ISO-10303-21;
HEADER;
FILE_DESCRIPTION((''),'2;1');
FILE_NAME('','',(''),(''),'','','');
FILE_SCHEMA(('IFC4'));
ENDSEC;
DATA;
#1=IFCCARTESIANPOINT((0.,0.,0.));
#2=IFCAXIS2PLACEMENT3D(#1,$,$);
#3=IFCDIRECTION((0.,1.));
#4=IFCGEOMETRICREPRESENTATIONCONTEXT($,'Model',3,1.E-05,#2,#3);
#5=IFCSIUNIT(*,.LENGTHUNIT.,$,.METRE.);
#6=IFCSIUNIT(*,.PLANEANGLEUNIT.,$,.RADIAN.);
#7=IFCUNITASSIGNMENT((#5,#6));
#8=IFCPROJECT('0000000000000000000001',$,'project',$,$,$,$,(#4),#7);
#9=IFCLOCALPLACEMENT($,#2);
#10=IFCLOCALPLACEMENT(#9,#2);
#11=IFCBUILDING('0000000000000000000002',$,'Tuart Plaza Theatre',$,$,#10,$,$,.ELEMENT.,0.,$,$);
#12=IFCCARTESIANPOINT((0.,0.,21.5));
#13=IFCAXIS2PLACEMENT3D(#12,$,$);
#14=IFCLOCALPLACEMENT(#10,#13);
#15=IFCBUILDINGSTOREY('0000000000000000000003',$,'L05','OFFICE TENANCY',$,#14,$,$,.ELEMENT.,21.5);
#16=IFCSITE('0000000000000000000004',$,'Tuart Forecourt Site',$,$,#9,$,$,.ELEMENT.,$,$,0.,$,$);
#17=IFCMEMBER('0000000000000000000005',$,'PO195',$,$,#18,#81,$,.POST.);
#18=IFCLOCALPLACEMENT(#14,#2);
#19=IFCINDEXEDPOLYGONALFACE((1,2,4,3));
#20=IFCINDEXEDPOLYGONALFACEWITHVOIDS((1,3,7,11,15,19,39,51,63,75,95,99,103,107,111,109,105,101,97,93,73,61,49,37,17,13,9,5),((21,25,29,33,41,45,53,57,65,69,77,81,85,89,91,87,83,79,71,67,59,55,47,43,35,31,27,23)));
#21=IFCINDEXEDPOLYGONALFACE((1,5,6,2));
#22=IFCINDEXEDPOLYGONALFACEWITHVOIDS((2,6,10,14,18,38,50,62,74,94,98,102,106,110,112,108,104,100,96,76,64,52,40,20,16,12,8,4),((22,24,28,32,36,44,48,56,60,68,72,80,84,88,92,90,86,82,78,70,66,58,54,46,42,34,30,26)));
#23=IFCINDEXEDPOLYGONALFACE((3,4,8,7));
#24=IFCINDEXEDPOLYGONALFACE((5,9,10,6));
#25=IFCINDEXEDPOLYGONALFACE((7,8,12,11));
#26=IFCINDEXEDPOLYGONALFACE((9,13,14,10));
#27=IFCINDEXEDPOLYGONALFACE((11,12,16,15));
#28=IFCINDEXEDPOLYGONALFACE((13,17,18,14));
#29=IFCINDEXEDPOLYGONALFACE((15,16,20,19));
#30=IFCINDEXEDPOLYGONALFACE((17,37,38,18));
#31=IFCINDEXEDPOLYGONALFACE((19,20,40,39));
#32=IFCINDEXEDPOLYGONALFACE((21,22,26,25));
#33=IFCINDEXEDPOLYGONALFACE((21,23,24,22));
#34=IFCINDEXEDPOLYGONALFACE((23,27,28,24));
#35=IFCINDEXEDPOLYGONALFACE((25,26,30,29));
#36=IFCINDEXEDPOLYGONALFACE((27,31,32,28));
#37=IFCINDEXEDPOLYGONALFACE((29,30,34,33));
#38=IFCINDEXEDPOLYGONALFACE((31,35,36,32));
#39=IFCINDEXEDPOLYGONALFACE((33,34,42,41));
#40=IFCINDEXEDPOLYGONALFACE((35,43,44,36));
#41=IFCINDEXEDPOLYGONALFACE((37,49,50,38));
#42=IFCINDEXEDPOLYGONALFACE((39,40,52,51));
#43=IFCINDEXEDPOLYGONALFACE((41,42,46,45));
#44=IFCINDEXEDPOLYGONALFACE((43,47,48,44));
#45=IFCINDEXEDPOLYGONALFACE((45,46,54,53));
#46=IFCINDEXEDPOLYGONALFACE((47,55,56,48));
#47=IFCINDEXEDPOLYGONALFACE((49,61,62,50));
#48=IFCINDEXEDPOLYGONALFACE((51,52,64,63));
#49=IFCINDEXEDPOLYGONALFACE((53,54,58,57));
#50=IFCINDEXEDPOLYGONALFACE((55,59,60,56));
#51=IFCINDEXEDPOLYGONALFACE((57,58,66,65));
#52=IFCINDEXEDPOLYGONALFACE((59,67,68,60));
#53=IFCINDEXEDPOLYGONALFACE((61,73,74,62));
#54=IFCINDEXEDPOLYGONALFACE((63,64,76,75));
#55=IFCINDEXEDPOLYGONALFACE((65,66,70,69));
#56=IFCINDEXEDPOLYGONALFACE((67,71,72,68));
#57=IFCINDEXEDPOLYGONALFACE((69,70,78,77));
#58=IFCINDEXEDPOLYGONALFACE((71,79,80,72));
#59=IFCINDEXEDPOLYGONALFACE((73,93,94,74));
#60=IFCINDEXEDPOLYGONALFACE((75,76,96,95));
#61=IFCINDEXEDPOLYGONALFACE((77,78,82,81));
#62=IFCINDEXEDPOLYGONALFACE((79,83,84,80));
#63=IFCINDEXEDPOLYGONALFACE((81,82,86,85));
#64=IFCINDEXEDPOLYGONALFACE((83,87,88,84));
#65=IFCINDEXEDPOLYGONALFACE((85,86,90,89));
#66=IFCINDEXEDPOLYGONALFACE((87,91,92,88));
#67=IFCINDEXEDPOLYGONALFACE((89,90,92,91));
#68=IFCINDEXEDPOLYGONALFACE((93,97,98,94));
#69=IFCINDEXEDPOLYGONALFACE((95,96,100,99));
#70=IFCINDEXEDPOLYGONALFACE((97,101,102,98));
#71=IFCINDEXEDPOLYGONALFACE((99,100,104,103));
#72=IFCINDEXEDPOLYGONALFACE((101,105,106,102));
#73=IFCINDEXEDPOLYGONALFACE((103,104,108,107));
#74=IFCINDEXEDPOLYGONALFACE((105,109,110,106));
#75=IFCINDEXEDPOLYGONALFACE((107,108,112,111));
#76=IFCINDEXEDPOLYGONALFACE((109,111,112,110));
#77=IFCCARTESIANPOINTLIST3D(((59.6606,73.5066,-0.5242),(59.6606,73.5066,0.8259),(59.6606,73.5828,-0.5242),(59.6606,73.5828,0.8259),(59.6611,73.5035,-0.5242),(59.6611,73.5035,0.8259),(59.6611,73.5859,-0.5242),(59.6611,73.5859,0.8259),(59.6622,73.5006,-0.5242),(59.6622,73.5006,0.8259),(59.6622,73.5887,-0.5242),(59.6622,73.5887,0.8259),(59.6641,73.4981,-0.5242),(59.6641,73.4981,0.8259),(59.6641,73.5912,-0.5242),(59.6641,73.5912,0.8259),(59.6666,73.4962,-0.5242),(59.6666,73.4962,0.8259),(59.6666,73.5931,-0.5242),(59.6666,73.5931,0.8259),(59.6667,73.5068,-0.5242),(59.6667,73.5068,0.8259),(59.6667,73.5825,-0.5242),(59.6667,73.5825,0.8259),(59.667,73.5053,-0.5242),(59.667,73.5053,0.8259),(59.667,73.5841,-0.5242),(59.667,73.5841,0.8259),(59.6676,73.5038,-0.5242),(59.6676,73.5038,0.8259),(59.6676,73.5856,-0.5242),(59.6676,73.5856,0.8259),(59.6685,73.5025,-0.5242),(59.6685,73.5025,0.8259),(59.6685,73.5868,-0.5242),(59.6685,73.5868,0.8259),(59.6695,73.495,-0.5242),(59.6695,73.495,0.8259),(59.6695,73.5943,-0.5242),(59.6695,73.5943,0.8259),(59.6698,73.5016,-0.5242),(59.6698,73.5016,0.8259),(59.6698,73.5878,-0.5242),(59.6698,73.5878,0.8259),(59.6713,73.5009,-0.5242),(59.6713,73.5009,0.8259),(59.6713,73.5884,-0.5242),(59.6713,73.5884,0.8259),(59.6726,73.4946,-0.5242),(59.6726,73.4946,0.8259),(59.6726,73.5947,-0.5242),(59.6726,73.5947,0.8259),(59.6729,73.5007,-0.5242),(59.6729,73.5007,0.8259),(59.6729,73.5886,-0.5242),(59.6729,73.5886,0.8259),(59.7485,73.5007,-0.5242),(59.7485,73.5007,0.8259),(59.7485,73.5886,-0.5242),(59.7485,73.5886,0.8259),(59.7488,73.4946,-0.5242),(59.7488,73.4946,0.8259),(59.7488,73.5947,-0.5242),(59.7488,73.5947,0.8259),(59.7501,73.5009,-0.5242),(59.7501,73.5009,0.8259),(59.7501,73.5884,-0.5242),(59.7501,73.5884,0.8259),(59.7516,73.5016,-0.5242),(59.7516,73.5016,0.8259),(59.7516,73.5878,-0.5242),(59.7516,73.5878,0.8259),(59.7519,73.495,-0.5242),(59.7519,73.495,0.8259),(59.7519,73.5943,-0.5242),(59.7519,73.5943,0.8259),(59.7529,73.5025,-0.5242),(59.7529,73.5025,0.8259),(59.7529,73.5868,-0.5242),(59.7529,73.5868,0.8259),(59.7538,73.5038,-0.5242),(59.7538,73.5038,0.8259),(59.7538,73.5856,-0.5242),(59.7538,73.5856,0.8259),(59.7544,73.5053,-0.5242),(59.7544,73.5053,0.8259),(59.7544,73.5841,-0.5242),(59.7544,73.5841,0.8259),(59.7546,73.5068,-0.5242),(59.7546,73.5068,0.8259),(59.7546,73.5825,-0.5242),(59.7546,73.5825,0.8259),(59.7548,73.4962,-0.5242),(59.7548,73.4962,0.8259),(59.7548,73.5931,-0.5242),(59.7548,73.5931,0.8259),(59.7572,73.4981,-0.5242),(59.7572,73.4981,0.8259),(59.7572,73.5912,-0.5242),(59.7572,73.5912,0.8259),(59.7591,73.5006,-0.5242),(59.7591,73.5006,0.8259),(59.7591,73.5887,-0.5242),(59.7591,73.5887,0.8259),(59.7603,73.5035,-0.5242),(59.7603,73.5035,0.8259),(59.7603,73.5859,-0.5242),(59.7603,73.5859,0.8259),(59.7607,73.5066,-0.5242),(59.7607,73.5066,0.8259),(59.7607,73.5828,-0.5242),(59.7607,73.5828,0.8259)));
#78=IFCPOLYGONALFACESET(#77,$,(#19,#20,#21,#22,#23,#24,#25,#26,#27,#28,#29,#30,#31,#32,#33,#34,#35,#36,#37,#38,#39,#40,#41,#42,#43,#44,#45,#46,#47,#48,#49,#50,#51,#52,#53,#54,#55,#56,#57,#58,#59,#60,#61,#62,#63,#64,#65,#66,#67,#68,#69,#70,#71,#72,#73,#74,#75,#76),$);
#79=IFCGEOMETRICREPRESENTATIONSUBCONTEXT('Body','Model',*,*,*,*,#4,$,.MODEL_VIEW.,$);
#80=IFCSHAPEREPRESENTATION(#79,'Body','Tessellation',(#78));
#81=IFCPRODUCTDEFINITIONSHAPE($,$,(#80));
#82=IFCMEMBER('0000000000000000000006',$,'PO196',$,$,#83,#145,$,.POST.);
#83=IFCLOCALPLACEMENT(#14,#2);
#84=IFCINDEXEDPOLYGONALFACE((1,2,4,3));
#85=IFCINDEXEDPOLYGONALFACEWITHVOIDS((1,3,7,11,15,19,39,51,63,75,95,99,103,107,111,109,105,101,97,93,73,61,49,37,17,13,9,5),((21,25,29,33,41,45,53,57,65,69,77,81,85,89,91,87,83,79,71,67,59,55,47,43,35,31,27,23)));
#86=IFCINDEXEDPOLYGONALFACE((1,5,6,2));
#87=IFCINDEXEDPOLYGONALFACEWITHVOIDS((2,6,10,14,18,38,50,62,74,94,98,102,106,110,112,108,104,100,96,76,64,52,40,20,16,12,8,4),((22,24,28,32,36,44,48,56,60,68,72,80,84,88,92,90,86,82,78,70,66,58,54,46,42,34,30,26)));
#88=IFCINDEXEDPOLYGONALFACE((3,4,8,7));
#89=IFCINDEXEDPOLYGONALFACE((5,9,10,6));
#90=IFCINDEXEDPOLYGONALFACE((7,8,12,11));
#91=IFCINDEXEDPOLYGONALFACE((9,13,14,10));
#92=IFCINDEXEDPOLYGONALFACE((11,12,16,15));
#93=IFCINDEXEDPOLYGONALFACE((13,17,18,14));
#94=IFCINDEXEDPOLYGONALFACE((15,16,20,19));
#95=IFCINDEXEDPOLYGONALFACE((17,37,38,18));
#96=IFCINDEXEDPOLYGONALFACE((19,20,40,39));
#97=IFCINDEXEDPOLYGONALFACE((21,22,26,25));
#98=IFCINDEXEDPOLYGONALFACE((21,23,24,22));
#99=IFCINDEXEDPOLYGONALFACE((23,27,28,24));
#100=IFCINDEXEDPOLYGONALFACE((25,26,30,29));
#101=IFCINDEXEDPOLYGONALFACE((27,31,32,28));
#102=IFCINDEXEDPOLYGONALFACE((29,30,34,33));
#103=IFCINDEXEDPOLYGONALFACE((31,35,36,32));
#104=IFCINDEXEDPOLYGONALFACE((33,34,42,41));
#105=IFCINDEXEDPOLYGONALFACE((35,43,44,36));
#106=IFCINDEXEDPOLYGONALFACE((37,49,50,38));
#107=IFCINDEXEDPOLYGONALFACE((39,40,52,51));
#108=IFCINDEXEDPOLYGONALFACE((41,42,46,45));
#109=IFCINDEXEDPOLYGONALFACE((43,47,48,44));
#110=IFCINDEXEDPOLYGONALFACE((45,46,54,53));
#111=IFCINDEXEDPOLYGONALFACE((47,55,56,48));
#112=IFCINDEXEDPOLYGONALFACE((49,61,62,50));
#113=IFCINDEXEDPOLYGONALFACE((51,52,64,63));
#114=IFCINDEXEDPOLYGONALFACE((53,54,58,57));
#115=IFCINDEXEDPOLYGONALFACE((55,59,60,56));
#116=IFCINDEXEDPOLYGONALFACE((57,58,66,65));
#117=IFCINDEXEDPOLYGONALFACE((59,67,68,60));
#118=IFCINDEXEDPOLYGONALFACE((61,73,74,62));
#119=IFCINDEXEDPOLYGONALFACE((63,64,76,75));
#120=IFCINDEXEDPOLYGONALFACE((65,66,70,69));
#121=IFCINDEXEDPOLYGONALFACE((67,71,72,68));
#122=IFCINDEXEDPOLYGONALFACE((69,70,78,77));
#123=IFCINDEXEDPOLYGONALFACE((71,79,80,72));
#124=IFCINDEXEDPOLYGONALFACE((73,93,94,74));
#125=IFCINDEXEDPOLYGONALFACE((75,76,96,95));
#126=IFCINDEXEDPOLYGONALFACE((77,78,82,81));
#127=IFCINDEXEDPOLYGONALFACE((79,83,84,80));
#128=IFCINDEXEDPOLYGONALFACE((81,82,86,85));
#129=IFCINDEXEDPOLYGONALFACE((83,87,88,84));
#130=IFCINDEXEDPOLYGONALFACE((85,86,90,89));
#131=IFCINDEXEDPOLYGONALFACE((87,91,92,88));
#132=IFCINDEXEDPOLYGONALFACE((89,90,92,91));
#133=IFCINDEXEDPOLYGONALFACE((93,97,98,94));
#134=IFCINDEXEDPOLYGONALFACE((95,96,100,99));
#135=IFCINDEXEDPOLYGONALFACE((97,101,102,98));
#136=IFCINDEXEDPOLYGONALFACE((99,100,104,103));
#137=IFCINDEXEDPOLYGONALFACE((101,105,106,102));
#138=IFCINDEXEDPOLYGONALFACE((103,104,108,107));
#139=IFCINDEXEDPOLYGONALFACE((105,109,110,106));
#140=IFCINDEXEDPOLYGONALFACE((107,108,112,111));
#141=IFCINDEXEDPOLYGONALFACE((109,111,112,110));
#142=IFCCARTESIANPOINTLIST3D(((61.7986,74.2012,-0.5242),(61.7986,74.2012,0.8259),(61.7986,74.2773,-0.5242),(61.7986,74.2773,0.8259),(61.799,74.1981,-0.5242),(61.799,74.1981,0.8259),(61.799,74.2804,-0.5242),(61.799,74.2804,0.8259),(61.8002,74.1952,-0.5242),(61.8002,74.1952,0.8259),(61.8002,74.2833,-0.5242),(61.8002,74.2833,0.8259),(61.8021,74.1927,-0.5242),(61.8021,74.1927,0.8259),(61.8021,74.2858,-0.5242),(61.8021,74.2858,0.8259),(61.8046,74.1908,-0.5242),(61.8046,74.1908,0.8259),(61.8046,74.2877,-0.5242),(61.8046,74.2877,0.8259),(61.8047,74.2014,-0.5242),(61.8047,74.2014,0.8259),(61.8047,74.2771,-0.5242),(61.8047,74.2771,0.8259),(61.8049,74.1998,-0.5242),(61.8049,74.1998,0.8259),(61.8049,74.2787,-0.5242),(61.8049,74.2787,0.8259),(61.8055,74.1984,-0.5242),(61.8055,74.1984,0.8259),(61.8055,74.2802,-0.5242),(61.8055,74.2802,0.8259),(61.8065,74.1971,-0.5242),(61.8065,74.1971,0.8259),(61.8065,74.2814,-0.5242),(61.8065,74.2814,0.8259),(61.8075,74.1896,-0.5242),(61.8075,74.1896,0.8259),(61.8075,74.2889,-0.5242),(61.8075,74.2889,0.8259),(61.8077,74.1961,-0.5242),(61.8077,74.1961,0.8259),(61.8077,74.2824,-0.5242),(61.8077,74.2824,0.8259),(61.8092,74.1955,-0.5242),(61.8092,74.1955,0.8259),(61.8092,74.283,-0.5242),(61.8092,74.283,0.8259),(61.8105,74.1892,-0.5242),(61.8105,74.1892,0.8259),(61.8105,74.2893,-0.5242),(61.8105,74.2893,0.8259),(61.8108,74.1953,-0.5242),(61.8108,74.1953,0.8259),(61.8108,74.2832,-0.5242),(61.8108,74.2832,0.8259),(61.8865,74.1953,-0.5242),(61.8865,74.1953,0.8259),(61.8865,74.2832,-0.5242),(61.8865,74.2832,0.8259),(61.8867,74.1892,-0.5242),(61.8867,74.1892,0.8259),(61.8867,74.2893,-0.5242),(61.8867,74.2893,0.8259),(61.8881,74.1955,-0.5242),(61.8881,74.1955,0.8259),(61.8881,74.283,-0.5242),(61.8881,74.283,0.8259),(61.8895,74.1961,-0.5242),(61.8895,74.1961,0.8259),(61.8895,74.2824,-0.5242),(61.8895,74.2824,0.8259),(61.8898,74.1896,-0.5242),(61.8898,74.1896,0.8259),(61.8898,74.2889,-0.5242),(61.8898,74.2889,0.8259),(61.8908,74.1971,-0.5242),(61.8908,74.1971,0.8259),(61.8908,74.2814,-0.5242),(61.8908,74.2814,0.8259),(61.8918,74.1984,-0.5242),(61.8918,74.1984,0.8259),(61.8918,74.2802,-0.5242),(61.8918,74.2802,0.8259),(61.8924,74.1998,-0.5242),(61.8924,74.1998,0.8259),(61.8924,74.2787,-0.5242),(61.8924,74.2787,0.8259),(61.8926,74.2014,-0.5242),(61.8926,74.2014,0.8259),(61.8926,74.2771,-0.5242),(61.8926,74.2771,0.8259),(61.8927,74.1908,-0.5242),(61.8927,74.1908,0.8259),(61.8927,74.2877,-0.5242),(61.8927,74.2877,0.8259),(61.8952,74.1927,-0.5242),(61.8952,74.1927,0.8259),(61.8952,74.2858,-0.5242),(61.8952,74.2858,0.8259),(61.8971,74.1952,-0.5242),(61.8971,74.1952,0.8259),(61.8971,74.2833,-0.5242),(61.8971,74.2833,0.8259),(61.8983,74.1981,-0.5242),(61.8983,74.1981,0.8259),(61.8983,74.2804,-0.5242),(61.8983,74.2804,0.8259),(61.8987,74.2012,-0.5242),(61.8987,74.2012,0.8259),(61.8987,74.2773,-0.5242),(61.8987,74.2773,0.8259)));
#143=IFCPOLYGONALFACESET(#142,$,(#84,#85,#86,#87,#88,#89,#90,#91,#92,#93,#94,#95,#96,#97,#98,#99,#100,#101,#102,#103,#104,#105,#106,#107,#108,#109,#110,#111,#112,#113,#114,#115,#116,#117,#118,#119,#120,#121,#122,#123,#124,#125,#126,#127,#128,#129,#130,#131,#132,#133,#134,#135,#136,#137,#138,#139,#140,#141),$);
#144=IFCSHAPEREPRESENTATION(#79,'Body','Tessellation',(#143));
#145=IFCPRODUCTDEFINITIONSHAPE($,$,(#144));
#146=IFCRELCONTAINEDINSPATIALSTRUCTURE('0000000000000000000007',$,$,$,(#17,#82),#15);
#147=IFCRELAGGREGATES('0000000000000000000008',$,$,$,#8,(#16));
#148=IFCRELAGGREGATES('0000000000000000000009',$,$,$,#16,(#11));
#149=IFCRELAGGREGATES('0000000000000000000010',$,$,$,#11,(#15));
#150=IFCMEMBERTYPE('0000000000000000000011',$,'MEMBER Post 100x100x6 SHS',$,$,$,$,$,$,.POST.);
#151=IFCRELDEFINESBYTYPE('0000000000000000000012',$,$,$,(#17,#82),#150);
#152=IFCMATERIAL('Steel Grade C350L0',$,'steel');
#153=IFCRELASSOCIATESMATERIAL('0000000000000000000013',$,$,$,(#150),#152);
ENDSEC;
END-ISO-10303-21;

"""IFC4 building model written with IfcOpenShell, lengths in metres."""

from ifc_helpers import new_model, si_unit, direction, frame, origin, origin_2d, place, context, subcontext, project, spatial, hollow_rectangle, extrude, material, material_profile, profile_set, type_object, element, save


model = new_model("IFC4")

# Units and contexts
model_context = context("Model", 3, precision=1e-05, world=origin(), true_north=direction((0.0, 1.0)))
body_context = subcontext(model_context, "Body", "Model", "MODEL_VIEW")
ifc_project = project(units=[si_unit("LENGTHUNIT", "METRE"), si_unit("PLANEANGLEUNIT", "RADIAN")], contexts=[model_context])

# Site, building, storey
site_placement = place(None, origin())
site = spatial("IfcSite", under=ifc_project, at=site_placement, Name="Tuart Forecourt Site", CompositionType="ELEMENT", RefElevation=0.0)
building_placement = place(site_placement, origin())
building = spatial("IfcBuilding", under=site, at=building_placement, Name="Tuart Plaza Theatre", CompositionType="ELEMENT", ElevationOfRefHeight=0.0)
storey_placement = place(building_placement, frame((0.0, 0.0, 21.5)))
storey = spatial("IfcBuildingStorey", under=building, at=storey_placement, Name="L05", Description="OFFICE TENANCY", CompositionType="ELEMENT", Elevation=21.5)

# Members
ifc_material_1 = material(Name="Steel Grade C350L0", Category="steel")
ifc_material_profile_1 = material_profile(ifc_material_1, hollow_rectangle(XDim=0.1001, YDim=0.1001, WallThickness=0.0061, InnerFilletRadius=0.0061, OuterFilletRadius=0.012, at=origin_2d()), Name="100x100x6 SHS")
ifc_profile_set_1 = profile_set([ifc_material_profile_1], Name="Steel Grade C350L0")
member_type_1 = type_object("IfcMemberType", Name="MEMBER Post 100x100x6 SHS", PredefinedType="POST", material=ifc_profile_set_1)
for number, where, z_axis, x_axis, name in (
    (1, (59.7107, 73.5447, -0.5242), (0.0, 0.0, 1.0), (1.0, 0.0, 0.0), "PO195"),
    (2, (61.8486, 74.2393, -0.5242), (0.0, 0.0, 1.0), (1.0, 0.0, 0.0), "PO196"),
):
    element("IfcMember", number, at=place(storey_placement, frame(where, z_axis=z_axis, x_axis=x_axis)), inside=storey, type_object=member_type_1, Name=name, PredefinedType="POST", context=body_context, shape_type="SweptSolid", body=[
        extrude(hollow_rectangle(XDim=0.1001, YDim=0.1001, WallThickness=0.0061, InnerFilletRadius=0.0061, OuterFilletRadius=0.012, at=origin_2d()), origin(), (0.0, 0.0, 1.0), 1.3501),
    ])

save(model, "model.ifc")
